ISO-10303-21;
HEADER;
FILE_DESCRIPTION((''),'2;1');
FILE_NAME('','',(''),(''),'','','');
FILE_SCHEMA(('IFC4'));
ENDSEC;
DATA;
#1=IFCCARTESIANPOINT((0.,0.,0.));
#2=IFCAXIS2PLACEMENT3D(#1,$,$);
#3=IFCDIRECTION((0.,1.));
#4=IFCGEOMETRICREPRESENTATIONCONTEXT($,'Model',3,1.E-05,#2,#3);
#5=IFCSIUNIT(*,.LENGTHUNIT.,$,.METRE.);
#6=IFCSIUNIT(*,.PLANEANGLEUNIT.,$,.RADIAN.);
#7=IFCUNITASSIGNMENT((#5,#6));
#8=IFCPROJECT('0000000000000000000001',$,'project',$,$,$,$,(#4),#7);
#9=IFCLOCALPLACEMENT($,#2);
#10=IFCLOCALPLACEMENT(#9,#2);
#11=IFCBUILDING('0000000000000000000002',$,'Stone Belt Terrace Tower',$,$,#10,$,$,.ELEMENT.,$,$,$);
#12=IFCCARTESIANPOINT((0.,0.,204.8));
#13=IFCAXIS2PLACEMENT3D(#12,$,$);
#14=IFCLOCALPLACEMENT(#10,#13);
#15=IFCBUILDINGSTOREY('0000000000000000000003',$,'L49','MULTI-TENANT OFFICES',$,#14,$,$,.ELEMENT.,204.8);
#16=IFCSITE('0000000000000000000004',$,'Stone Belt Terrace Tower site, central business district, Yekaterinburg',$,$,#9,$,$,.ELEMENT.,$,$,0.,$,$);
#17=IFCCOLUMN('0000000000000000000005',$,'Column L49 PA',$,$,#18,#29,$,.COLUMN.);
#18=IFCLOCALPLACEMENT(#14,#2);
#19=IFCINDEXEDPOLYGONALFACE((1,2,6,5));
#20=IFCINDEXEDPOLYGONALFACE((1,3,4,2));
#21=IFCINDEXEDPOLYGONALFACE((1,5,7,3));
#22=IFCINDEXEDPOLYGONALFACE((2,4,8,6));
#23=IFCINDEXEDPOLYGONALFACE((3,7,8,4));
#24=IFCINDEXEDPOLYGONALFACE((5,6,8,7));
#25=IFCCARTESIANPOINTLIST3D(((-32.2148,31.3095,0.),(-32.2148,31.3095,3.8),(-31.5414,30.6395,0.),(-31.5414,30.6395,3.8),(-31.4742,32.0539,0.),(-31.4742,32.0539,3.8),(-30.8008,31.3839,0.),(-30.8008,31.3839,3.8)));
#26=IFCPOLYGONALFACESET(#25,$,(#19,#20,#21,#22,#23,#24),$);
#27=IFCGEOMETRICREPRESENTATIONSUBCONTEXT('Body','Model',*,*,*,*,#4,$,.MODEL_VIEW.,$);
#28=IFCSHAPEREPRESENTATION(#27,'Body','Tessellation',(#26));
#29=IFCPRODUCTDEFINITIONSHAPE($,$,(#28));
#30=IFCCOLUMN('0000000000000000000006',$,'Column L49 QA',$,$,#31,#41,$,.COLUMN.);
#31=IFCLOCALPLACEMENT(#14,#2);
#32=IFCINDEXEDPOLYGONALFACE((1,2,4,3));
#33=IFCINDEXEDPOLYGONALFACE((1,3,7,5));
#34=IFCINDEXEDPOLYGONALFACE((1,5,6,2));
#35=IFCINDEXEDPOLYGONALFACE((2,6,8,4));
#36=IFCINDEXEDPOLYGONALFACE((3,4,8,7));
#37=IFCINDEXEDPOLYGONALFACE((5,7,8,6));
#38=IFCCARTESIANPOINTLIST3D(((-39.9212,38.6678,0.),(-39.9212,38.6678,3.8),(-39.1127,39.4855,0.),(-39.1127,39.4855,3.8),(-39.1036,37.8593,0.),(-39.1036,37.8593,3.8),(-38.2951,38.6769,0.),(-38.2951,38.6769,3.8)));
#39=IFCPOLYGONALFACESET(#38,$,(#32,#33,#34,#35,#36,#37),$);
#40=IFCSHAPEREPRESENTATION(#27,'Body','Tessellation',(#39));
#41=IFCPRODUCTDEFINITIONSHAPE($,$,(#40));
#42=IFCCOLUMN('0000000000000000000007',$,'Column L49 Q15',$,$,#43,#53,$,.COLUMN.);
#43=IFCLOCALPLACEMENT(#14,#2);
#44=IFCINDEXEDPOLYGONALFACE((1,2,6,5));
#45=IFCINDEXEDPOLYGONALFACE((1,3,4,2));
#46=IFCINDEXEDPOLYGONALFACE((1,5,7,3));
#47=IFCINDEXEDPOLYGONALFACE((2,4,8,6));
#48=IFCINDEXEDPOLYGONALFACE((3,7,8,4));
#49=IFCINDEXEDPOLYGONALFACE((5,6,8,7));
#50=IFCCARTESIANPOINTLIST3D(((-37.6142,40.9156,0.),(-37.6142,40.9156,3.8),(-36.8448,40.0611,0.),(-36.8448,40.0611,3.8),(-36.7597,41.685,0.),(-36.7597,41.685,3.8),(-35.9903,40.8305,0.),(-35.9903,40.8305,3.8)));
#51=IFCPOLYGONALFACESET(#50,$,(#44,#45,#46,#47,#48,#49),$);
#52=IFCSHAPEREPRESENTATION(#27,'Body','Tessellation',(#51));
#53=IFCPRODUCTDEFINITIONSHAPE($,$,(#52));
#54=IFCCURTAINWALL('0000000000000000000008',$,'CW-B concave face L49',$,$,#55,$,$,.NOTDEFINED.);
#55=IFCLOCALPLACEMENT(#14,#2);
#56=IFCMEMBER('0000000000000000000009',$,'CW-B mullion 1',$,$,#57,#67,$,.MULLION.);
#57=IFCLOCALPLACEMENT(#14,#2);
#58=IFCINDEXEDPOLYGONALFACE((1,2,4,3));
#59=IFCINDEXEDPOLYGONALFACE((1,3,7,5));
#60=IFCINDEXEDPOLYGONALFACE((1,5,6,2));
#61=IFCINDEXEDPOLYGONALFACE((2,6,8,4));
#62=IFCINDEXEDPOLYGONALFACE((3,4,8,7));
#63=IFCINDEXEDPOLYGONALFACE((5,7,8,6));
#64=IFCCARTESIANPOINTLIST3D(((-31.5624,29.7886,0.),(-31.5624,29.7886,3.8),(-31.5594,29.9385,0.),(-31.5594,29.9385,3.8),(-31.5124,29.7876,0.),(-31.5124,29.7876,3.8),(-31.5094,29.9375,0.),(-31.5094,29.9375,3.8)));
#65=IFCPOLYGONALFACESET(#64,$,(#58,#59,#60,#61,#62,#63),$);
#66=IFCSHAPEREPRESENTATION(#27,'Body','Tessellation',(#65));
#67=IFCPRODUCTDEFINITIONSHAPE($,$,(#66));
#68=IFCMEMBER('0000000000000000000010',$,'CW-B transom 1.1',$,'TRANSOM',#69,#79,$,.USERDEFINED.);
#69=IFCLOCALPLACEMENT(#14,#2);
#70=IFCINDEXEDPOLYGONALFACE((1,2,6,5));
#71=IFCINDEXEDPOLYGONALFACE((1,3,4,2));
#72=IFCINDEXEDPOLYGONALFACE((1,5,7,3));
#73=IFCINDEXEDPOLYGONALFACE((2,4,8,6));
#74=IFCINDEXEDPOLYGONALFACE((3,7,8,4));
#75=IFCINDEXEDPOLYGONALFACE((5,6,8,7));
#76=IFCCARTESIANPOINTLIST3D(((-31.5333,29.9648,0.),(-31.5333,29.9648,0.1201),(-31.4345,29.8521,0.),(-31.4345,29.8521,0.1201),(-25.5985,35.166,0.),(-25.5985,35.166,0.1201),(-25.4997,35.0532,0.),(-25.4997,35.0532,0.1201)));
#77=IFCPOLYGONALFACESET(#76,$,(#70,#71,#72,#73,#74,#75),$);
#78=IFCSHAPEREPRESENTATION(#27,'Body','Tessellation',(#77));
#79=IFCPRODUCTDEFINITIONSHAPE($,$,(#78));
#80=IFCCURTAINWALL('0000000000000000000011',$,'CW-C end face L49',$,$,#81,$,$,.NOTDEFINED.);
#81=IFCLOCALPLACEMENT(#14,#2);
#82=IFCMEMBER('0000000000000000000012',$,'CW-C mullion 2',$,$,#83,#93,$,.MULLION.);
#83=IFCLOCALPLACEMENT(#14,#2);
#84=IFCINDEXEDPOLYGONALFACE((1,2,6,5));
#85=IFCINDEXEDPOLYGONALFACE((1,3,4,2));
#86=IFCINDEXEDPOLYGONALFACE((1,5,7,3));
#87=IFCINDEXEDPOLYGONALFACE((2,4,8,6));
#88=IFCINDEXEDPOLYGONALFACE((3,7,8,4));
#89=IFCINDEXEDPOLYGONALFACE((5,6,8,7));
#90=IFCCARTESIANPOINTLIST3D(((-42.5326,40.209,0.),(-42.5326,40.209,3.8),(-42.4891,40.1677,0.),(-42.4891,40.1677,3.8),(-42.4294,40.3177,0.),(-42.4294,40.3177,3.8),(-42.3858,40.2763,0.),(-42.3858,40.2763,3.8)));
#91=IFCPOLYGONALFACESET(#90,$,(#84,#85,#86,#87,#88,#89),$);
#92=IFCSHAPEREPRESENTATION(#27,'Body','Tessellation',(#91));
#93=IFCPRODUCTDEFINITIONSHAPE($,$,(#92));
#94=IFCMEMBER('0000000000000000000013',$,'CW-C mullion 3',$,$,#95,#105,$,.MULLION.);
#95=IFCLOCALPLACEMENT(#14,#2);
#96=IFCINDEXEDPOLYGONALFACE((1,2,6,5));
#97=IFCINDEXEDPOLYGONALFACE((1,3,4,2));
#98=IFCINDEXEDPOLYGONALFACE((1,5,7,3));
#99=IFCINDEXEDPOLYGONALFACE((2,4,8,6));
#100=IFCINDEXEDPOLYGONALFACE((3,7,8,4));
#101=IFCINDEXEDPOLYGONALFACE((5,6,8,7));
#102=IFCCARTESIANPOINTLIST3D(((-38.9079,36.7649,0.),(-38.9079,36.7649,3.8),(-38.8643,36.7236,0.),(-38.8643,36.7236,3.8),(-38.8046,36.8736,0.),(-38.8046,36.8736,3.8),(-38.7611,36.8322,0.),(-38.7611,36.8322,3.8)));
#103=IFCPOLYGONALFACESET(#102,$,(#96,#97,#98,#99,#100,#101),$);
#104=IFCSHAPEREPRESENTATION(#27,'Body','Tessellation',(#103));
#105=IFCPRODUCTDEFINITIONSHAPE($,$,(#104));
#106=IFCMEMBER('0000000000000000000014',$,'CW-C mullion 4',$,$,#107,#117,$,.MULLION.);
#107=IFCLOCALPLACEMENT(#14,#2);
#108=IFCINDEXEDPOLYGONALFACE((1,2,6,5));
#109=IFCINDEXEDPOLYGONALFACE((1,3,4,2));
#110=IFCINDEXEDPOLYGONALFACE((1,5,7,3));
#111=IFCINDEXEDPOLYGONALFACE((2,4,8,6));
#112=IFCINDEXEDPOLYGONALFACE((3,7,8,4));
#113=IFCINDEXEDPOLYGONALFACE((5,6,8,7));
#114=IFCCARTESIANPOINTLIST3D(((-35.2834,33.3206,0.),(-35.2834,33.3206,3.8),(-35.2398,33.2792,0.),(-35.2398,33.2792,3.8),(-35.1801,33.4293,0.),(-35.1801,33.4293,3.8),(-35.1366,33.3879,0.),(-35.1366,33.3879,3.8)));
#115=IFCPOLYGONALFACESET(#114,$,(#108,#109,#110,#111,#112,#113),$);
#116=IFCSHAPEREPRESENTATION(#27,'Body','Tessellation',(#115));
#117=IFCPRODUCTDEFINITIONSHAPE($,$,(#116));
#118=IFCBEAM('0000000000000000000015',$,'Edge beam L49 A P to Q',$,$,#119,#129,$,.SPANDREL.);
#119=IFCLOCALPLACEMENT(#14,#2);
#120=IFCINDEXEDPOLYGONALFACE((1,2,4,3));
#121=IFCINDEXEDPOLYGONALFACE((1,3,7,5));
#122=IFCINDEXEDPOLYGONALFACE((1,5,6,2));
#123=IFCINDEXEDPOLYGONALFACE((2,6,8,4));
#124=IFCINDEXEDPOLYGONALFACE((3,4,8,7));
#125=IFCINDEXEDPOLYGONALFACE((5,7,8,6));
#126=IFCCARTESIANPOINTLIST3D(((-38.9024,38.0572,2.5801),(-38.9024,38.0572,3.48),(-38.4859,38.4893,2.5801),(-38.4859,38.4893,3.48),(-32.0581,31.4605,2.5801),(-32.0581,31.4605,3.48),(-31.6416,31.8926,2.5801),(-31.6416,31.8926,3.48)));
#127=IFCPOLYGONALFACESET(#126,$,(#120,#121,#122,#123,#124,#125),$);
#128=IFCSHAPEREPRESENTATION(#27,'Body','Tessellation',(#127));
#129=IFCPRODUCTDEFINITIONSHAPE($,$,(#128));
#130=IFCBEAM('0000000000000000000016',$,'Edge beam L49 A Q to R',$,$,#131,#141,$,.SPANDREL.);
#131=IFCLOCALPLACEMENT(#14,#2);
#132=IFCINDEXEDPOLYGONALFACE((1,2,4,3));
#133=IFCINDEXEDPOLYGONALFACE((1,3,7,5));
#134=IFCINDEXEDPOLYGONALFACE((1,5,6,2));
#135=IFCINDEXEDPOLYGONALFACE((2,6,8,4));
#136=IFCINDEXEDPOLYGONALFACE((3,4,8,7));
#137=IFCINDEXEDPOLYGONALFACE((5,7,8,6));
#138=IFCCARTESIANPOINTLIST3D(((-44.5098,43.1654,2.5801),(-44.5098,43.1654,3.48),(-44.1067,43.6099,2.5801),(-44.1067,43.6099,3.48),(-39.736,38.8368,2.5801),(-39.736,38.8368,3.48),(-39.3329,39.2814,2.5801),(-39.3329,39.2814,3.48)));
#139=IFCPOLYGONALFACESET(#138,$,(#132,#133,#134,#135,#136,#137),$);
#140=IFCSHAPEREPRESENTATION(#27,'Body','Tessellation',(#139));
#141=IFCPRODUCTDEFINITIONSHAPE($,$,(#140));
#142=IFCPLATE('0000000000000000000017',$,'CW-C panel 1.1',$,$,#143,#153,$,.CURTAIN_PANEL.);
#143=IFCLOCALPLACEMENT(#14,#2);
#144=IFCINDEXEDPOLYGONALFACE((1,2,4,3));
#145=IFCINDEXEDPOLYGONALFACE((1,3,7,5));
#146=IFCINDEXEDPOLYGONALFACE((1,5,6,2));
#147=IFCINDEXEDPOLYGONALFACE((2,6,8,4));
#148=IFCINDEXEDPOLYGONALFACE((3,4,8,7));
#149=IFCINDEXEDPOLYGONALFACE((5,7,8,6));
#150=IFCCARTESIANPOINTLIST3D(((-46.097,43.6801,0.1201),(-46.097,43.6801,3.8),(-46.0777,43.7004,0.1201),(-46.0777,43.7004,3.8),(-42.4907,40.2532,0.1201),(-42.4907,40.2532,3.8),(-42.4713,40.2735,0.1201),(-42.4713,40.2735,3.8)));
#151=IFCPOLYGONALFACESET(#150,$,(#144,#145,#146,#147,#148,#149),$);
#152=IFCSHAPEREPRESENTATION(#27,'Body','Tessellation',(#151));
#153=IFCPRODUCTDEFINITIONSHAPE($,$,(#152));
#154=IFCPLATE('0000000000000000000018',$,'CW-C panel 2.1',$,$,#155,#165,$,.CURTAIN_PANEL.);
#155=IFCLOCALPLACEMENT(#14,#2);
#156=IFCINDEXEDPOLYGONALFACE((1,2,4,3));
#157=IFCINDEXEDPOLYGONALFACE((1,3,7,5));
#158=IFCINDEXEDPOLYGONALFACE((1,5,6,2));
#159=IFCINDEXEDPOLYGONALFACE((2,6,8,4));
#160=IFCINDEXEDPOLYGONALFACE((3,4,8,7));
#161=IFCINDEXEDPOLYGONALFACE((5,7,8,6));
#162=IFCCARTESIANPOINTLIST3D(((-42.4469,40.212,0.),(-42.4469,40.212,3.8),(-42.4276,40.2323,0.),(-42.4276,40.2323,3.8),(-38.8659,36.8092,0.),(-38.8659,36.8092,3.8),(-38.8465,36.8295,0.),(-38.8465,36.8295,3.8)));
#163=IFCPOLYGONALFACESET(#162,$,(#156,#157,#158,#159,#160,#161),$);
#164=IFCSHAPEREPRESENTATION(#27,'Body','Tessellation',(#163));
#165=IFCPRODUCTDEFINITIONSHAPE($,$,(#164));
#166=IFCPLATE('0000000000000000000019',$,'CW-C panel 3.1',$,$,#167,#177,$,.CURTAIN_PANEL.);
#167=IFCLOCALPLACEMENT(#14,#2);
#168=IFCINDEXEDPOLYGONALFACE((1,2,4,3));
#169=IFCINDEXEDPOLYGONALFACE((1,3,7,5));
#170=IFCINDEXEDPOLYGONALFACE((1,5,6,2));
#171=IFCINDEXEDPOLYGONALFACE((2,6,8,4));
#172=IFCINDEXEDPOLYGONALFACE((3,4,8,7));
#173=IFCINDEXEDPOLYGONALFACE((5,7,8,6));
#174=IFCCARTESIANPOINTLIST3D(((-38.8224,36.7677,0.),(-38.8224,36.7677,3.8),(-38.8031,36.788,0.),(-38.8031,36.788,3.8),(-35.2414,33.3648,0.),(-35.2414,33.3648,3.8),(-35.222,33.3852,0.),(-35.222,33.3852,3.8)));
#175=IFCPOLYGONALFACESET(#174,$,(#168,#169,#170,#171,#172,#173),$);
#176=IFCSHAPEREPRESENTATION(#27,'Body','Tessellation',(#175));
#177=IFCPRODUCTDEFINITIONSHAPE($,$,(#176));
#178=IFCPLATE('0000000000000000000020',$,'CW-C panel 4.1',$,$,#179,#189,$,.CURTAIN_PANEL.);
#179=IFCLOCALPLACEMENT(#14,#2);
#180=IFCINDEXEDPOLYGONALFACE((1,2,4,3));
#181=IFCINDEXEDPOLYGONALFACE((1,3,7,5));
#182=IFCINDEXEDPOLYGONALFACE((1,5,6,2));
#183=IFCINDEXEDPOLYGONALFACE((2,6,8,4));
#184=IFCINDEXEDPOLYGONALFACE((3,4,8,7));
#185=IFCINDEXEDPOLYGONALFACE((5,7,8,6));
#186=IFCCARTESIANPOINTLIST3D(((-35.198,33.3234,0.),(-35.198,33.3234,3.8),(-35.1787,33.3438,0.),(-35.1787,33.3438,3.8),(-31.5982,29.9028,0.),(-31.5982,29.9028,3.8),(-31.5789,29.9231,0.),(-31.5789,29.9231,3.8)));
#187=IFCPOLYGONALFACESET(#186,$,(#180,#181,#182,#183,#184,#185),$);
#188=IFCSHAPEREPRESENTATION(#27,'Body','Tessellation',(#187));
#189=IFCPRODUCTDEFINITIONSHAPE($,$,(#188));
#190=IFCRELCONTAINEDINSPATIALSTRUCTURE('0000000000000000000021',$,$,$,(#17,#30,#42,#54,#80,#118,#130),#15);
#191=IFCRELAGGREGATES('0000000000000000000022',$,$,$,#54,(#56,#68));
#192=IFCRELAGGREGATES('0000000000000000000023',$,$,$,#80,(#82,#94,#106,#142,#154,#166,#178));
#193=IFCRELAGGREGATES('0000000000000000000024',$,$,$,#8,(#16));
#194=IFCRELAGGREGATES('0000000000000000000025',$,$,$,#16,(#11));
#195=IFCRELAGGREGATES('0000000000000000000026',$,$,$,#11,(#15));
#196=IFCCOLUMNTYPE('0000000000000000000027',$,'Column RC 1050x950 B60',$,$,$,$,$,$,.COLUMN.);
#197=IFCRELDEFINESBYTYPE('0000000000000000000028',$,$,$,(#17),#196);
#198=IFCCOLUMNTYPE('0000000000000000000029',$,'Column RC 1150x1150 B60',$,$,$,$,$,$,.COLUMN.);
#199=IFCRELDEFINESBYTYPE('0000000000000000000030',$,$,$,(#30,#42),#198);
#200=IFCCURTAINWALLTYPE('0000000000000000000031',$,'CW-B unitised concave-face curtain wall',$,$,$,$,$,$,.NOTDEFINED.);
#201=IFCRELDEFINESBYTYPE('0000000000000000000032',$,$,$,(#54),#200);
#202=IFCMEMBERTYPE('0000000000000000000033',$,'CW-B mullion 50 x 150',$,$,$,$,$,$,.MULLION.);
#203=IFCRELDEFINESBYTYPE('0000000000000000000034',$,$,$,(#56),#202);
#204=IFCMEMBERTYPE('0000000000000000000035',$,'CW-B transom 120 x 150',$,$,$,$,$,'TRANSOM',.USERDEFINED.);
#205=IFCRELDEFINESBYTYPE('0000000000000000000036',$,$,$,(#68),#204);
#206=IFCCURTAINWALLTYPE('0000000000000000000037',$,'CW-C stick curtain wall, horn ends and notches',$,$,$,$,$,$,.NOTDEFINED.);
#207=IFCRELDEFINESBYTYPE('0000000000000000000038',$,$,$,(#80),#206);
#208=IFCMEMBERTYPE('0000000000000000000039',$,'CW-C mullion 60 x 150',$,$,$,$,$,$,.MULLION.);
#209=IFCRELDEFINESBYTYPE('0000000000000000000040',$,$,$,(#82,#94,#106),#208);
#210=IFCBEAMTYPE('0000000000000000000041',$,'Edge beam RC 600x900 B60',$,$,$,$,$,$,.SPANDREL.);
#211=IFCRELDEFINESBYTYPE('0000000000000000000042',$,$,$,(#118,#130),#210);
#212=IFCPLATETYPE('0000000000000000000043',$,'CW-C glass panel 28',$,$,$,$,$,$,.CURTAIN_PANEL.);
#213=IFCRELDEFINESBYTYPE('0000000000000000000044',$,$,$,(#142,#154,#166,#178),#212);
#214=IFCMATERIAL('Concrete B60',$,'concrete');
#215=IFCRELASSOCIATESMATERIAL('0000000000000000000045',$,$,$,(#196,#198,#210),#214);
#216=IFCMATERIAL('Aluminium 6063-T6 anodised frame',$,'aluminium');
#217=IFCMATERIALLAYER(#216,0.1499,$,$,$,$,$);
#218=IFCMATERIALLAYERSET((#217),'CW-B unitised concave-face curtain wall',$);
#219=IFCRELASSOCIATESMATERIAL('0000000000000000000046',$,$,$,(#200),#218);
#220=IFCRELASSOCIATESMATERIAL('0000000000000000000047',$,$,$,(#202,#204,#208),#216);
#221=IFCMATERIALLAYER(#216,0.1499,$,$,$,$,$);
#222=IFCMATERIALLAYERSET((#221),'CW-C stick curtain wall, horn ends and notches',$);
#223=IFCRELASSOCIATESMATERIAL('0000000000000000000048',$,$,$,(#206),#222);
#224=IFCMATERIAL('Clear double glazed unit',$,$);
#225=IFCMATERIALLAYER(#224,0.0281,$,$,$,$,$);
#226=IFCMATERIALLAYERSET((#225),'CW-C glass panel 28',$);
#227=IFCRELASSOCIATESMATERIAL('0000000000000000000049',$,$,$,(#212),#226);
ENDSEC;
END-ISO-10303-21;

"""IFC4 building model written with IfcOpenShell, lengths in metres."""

from ifc_helpers import new_model, si_unit, direction, frame, origin, origin_2d, place, context, subcontext, project, spatial, rectangle, extrude, material, layer, layer_set, material_profile, profile_set, type_object, element, aggregate, save


model = new_model("IFC4")

# Units and contexts
model_context = context("Model", 3, precision=1e-05, world=origin(), true_north=direction((0.0, 1.0)))
body_context = subcontext(model_context, "Body", "Model", "MODEL_VIEW")
ifc_project = project(units=[si_unit("LENGTHUNIT", "METRE"), si_unit("PLANEANGLEUNIT", "RADIAN")], contexts=[model_context])

# Site, building, storey
site_placement = place(None, origin())
site = spatial("IfcSite", under=ifc_project, at=site_placement, Name="Stone Belt Terrace Tower site, central business district, Yekaterinburg", CompositionType="ELEMENT", RefElevation=0.0)
building_placement = place(site_placement, origin())
building = spatial("IfcBuilding", under=site, at=building_placement, Name="Stone Belt Terrace Tower", CompositionType="ELEMENT")
storey_placement = place(building_placement, frame((0.0, 0.0, 204.8)))
storey = spatial("IfcBuildingStorey", under=building, at=storey_placement, Name="L49", Description="MULTI-TENANT OFFICES", CompositionType="ELEMENT", Elevation=204.8)

# Columns
ifc_material_1 = material(Name="Concrete B60", Category="concrete")
ifc_material_profile_1 = material_profile(ifc_material_1, rectangle(XDim=1.05, YDim=0.95, at=origin_2d()), Name="RC 1050x950")
ifc_profile_set_1 = profile_set([ifc_material_profile_1], Name="Concrete B60")
column_type_1 = type_object("IfcColumnType", Name="Column RC 1050x950 B60", PredefinedType="COLUMN", material=ifc_profile_set_1)
column_placement = place(storey_placement, frame((-31.5078, 31.3467, 0.0), z_axis=(0.0, 0.0, 1.0), x_axis=(0.705294, 0.708915, 0.0)))
element("IfcColumn", 1, at=column_placement, inside=storey, type_object=column_type_1, Name="Column L49 PA", PredefinedType="COLUMN", context=body_context, shape_type="SweptSolid", body=[
    extrude(rectangle(XDim=1.05, YDim=0.95, at=origin_2d()), origin(), (0.0, 0.0, 1.0), 3.8),
])
ifc_material_profile_2 = material_profile(ifc_material_1, rectangle(XDim=1.1499, YDim=1.1499, at=origin_2d()), Name="RC 1150x1150")
ifc_profile_set_2 = profile_set([ifc_material_profile_2], Name="Concrete B60")
column_type_2 = type_object("IfcColumnType", Name="Column RC 1150x1150 B60", PredefinedType="COLUMN", material=ifc_profile_set_2)
for number, where, z_axis, x_axis, name in (
    (2, (-39.1082, 38.6724, 0.0), (0.0, 0.0, 1.0), (0.703134, 0.711057, 0.0), "Column L49 QA"),
    (3, (-36.8022, 40.873, 0.0), (0.0, 0.0, 1.0), (0.743145, 0.669131, 0.0), "Column L49 Q15"),
):
    element("IfcColumn", number, at=place(storey_placement, frame(where, z_axis=z_axis, x_axis=x_axis)), inside=storey, type_object=column_type_2, Name=name, PredefinedType="COLUMN", context=body_context, shape_type="SweptSolid", body=[
        extrude(rectangle(XDim=1.1499, YDim=1.1499, at=origin_2d()), origin(), (0.0, 0.0, 1.0), 3.8),
    ])

# Curtain walls, members
ifc_material_2 = material(Name="Aluminium 6063-T6 anodised frame", Category="aluminium")
ifc_layer_1 = layer(ifc_material_2, 0.1499)
ifc_layer_set_1 = layer_set([ifc_layer_1], Name="CW-B unitised concave-face curtain wall")
curtain_wall_type_1 = type_object("IfcCurtainWallType", Name="CW-B unitised concave-face curtain wall", PredefinedType="NOTDEFINED", material=ifc_layer_set_1)
curtain_wall_1_placement = place(storey_placement, origin())
curtain_wall_1 = element("IfcCurtainWall", 4, at=curtain_wall_1_placement, inside=storey, type_object=curtain_wall_type_1, Name="CW-B concave face L49", PredefinedType="NOTDEFINED")
ifc_material_profile_3 = material_profile(ifc_material_2, rectangle(XDim=0.1499, YDim=0.05, at=origin_2d()), Name="Aluminium 6063-T6 50x150")
ifc_profile_set_3 = profile_set([ifc_material_profile_3], Name="Aluminium 6063-T6 anodised frame")
member_type_1 = type_object("IfcMemberType", Name="CW-B mullion 50 x 150", PredefinedType="MULLION", material=ifc_profile_set_3)
member_1_placement = place(storey_placement, frame((-31.5359, 29.863, 0.0), z_axis=(0.0, 0.0, 1.0), x_axis=(0.020135, 0.999797, 0.0)))
member_1 = element("IfcMember", 5, at=member_1_placement, type_object=member_type_1, Name="CW-B mullion 1", PredefinedType="MULLION", context=body_context, shape_type="SweptSolid", body=[
    extrude(rectangle(XDim=0.1499, YDim=0.05, at=origin_2d()), origin(), (0.0, 0.0, 1.0), 3.8),
])
ifc_material_profile_4 = material_profile(ifc_material_2, rectangle(XDim=0.1499, YDim=0.1201, at=origin_2d()), Name="Aluminium 6063-T6 150x120")
ifc_profile_set_4 = profile_set([ifc_material_profile_4], Name="Aluminium 6063-T6 anodised frame")
member_type_2 = type_object("IfcMemberType", Name="CW-B transom 120 x 150", ElementType="TRANSOM", PredefinedType="USERDEFINED", material=ifc_profile_set_4)
member_2_placement = place(storey_placement, frame((-31.4839, 29.9084, 0.0601), z_axis=(0.752061, 0.659094, 0.0), x_axis=(-0.659094, 0.752061, 0.0)))
member_2 = element("IfcMember", 6, at=member_2_placement, type_object=member_type_2, Name="CW-B transom 1.1", ObjectType="TRANSOM", PredefinedType="USERDEFINED", context=body_context, shape_type="SweptSolid", body=[
    extrude(rectangle(XDim=0.1499, YDim=0.1201, at=origin_2d()), origin(), (0.0, 0.0, 1.0), 7.8914),
])
aggregate(curtain_wall_1, [member_1, member_2])
ifc_layer_2 = layer(ifc_material_2, 0.1499)
ifc_layer_set_2 = layer_set([ifc_layer_2], Name="CW-C stick curtain wall, horn ends and notches")
curtain_wall_type_2 = type_object("IfcCurtainWallType", Name="CW-C stick curtain wall, horn ends and notches", PredefinedType="NOTDEFINED", material=ifc_layer_set_2)
curtain_wall_2_placement = place(storey_placement, origin())
curtain_wall_2 = element("IfcCurtainWall", 7, at=curtain_wall_2_placement, inside=storey, type_object=curtain_wall_type_2, Name="CW-C end face L49", PredefinedType="NOTDEFINED")
ifc_material_profile_5 = material_profile(ifc_material_2, rectangle(XDim=0.1499, YDim=0.0601, at=origin_2d()), Name="Aluminium 6063-T6 60x150")
ifc_profile_set_5 = profile_set([ifc_material_profile_5], Name="Aluminium 6063-T6 anodised frame")
member_type_3 = type_object("IfcMemberType", Name="CW-C mullion 60 x 150", PredefinedType="MULLION", material=ifc_profile_set_5)
member_3_placement = place(storey_placement, frame((-42.4592, 40.2427, 0.0), z_axis=(0.0, 0.0, 1.0), x_axis=(0.68884, 0.724914, 0.0)))
member_3 = element("IfcMember", 8, at=member_3_placement, type_object=member_type_3, Name="CW-C mullion 2", PredefinedType="MULLION", context=body_context, shape_type="SweptSolid", body=[
    extrude(rectangle(XDim=0.1499, YDim=0.0601, at=origin_2d()), origin(), (0.0, 0.0, 1.0), 3.8),
])
member_4_placement = place(storey_placement, frame((-38.8345, 36.7986, 0.0), z_axis=(0.0, 0.0, 1.0), x_axis=(0.68884, 0.724914, 0.0)))
member_4 = element("IfcMember", 9, at=member_4_placement, type_object=member_type_3, Name="CW-C mullion 3", PredefinedType="MULLION", context=body_context, shape_type="SweptSolid", body=[
    extrude(rectangle(XDim=0.1499, YDim=0.0601, at=origin_2d()), origin(), (0.0, 0.0, 1.0), 3.8),
])
member_5_placement = place(storey_placement, frame((-35.21, 33.3542, 0.0), z_axis=(0.0, 0.0, 1.0), x_axis=(0.68884, 0.724914, 0.0)))
member_5 = element("IfcMember", 10, at=member_5_placement, type_object=member_type_3, Name="CW-C mullion 4", PredefinedType="MULLION", context=body_context, shape_type="SweptSolid", body=[
    extrude(rectangle(XDim=0.1499, YDim=0.0601, at=origin_2d()), origin(), (0.0, 0.0, 1.0), 3.8),
])

# Beams
ifc_material_profile_6 = material_profile(ifc_material_1, rectangle(XDim=0.6001, YDim=0.8999, at=origin_2d()), Name="RC 600x900")
ifc_profile_set_6 = profile_set([ifc_material_profile_6], Name="Concrete B60")
beam_type = type_object("IfcBeamType", Name="Edge beam RC 600x900 B60", PredefinedType="SPANDREL", material=ifc_profile_set_6)
beam_1_placement = place(storey_placement, frame((-31.8499, 31.6765, 3.03), z_axis=(-0.720008, 0.693965, 0.0), x_axis=(-0.693965, -0.720008, 0.0)))
element("IfcBeam", 11, at=beam_1_placement, inside=storey, type_object=beam_type, Name="Edge beam L49 A P to Q", PredefinedType="SPANDREL", context=body_context, shape_type="SweptSolid", body=[
    extrude(rectangle(XDim=0.6001, YDim=0.8999, at=origin_2d()), origin(), (0.0, 0.0, 1.0), 9.5059),
])
beam_2_placement = place(storey_placement, frame((-39.5344, 39.0591, 3.03), z_axis=(-0.740814, 0.671711, 0.0), x_axis=(-0.671711, -0.740814, 0.0)))
element("IfcBeam", 12, at=beam_2_placement, inside=storey, type_object=beam_type, Name="Edge beam L49 A Q to R", PredefinedType="SPANDREL", context=body_context, shape_type="SweptSolid", body=[
    extrude(rectangle(XDim=0.6001, YDim=0.8999, at=origin_2d()), origin(), (0.0, 0.0, 1.0), 6.4441),
])

# Plates
ifc_material_3 = material(Name="Clear double glazed unit")
ifc_layer_3 = layer(ifc_material_3, 0.0281)
ifc_layer_set_3 = layer_set([ifc_layer_3], Name="CW-C glass panel 28")
plate_type = type_object("IfcPlateType", Name="CW-C glass panel 28", PredefinedType="CURTAIN_PANEL", material=ifc_layer_set_3)
plate_1_placement = place(storey_placement, frame((-44.2842, 41.9768, 0.1201), z_axis=(0.0, 0.0, 1.0), x_axis=(0.724914, -0.68884, 0.0)))
plate_1 = element("IfcPlate", 13, at=plate_1_placement, type_object=plate_type, Name="CW-C panel 1.1", PredefinedType="CURTAIN_PANEL", context=body_context, shape_type="SweptSolid", body=[
    extrude(rectangle(XDim=4.9749, YDim=0.0281, at=origin_2d()), origin(), (0.0, 0.0, 1.0), 3.6799),
])
plate_2_placement = place(storey_placement, frame((-40.6467, 38.5208, 0.0), z_axis=(0.0, 0.0, 1.0), x_axis=(0.724914, -0.68884, 0.0)))
plate_2 = element("IfcPlate", 14, at=plate_2_placement, type_object=plate_type, Name="CW-C panel 2.1", PredefinedType="CURTAIN_PANEL", context=body_context, shape_type="SweptSolid", body=[
    extrude(rectangle(XDim=4.9399, YDim=0.0281, at=origin_2d()), origin(), (0.0, 0.0, 1.0), 3.8),
])
plate_3_placement = place(storey_placement, frame((-37.0222, 35.0764, 0.0), z_axis=(0.0, 0.0, 1.0), x_axis=(0.724914, -0.68884, 0.0)))
plate_3 = element("IfcPlate", 15, at=plate_3_placement, type_object=plate_type, Name="CW-C panel 3.1", PredefinedType="CURTAIN_PANEL", context=body_context, shape_type="SweptSolid", body=[
    extrude(rectangle(XDim=4.9399, YDim=0.0281, at=origin_2d()), origin(), (0.0, 0.0, 1.0), 3.8),
])
plate_4_placement = place(storey_placement, frame((-33.3884, 31.6233, 0.0), z_axis=(0.0, 0.0, 1.0), x_axis=(0.724914, -0.68884, 0.0)))
plate_4 = element("IfcPlate", 16, at=plate_4_placement, type_object=plate_type, Name="CW-C panel 4.1", PredefinedType="CURTAIN_PANEL", context=body_context, shape_type="SweptSolid", body=[
    extrude(rectangle(XDim=4.9658, YDim=0.0281, at=origin_2d()), origin(), (0.0, 0.0, 1.0), 3.8),
])
aggregate(curtain_wall_2, [member_3, member_4, member_5, plate_1, plate_2, plate_3, plate_4])

save(model, "model.ifc")
